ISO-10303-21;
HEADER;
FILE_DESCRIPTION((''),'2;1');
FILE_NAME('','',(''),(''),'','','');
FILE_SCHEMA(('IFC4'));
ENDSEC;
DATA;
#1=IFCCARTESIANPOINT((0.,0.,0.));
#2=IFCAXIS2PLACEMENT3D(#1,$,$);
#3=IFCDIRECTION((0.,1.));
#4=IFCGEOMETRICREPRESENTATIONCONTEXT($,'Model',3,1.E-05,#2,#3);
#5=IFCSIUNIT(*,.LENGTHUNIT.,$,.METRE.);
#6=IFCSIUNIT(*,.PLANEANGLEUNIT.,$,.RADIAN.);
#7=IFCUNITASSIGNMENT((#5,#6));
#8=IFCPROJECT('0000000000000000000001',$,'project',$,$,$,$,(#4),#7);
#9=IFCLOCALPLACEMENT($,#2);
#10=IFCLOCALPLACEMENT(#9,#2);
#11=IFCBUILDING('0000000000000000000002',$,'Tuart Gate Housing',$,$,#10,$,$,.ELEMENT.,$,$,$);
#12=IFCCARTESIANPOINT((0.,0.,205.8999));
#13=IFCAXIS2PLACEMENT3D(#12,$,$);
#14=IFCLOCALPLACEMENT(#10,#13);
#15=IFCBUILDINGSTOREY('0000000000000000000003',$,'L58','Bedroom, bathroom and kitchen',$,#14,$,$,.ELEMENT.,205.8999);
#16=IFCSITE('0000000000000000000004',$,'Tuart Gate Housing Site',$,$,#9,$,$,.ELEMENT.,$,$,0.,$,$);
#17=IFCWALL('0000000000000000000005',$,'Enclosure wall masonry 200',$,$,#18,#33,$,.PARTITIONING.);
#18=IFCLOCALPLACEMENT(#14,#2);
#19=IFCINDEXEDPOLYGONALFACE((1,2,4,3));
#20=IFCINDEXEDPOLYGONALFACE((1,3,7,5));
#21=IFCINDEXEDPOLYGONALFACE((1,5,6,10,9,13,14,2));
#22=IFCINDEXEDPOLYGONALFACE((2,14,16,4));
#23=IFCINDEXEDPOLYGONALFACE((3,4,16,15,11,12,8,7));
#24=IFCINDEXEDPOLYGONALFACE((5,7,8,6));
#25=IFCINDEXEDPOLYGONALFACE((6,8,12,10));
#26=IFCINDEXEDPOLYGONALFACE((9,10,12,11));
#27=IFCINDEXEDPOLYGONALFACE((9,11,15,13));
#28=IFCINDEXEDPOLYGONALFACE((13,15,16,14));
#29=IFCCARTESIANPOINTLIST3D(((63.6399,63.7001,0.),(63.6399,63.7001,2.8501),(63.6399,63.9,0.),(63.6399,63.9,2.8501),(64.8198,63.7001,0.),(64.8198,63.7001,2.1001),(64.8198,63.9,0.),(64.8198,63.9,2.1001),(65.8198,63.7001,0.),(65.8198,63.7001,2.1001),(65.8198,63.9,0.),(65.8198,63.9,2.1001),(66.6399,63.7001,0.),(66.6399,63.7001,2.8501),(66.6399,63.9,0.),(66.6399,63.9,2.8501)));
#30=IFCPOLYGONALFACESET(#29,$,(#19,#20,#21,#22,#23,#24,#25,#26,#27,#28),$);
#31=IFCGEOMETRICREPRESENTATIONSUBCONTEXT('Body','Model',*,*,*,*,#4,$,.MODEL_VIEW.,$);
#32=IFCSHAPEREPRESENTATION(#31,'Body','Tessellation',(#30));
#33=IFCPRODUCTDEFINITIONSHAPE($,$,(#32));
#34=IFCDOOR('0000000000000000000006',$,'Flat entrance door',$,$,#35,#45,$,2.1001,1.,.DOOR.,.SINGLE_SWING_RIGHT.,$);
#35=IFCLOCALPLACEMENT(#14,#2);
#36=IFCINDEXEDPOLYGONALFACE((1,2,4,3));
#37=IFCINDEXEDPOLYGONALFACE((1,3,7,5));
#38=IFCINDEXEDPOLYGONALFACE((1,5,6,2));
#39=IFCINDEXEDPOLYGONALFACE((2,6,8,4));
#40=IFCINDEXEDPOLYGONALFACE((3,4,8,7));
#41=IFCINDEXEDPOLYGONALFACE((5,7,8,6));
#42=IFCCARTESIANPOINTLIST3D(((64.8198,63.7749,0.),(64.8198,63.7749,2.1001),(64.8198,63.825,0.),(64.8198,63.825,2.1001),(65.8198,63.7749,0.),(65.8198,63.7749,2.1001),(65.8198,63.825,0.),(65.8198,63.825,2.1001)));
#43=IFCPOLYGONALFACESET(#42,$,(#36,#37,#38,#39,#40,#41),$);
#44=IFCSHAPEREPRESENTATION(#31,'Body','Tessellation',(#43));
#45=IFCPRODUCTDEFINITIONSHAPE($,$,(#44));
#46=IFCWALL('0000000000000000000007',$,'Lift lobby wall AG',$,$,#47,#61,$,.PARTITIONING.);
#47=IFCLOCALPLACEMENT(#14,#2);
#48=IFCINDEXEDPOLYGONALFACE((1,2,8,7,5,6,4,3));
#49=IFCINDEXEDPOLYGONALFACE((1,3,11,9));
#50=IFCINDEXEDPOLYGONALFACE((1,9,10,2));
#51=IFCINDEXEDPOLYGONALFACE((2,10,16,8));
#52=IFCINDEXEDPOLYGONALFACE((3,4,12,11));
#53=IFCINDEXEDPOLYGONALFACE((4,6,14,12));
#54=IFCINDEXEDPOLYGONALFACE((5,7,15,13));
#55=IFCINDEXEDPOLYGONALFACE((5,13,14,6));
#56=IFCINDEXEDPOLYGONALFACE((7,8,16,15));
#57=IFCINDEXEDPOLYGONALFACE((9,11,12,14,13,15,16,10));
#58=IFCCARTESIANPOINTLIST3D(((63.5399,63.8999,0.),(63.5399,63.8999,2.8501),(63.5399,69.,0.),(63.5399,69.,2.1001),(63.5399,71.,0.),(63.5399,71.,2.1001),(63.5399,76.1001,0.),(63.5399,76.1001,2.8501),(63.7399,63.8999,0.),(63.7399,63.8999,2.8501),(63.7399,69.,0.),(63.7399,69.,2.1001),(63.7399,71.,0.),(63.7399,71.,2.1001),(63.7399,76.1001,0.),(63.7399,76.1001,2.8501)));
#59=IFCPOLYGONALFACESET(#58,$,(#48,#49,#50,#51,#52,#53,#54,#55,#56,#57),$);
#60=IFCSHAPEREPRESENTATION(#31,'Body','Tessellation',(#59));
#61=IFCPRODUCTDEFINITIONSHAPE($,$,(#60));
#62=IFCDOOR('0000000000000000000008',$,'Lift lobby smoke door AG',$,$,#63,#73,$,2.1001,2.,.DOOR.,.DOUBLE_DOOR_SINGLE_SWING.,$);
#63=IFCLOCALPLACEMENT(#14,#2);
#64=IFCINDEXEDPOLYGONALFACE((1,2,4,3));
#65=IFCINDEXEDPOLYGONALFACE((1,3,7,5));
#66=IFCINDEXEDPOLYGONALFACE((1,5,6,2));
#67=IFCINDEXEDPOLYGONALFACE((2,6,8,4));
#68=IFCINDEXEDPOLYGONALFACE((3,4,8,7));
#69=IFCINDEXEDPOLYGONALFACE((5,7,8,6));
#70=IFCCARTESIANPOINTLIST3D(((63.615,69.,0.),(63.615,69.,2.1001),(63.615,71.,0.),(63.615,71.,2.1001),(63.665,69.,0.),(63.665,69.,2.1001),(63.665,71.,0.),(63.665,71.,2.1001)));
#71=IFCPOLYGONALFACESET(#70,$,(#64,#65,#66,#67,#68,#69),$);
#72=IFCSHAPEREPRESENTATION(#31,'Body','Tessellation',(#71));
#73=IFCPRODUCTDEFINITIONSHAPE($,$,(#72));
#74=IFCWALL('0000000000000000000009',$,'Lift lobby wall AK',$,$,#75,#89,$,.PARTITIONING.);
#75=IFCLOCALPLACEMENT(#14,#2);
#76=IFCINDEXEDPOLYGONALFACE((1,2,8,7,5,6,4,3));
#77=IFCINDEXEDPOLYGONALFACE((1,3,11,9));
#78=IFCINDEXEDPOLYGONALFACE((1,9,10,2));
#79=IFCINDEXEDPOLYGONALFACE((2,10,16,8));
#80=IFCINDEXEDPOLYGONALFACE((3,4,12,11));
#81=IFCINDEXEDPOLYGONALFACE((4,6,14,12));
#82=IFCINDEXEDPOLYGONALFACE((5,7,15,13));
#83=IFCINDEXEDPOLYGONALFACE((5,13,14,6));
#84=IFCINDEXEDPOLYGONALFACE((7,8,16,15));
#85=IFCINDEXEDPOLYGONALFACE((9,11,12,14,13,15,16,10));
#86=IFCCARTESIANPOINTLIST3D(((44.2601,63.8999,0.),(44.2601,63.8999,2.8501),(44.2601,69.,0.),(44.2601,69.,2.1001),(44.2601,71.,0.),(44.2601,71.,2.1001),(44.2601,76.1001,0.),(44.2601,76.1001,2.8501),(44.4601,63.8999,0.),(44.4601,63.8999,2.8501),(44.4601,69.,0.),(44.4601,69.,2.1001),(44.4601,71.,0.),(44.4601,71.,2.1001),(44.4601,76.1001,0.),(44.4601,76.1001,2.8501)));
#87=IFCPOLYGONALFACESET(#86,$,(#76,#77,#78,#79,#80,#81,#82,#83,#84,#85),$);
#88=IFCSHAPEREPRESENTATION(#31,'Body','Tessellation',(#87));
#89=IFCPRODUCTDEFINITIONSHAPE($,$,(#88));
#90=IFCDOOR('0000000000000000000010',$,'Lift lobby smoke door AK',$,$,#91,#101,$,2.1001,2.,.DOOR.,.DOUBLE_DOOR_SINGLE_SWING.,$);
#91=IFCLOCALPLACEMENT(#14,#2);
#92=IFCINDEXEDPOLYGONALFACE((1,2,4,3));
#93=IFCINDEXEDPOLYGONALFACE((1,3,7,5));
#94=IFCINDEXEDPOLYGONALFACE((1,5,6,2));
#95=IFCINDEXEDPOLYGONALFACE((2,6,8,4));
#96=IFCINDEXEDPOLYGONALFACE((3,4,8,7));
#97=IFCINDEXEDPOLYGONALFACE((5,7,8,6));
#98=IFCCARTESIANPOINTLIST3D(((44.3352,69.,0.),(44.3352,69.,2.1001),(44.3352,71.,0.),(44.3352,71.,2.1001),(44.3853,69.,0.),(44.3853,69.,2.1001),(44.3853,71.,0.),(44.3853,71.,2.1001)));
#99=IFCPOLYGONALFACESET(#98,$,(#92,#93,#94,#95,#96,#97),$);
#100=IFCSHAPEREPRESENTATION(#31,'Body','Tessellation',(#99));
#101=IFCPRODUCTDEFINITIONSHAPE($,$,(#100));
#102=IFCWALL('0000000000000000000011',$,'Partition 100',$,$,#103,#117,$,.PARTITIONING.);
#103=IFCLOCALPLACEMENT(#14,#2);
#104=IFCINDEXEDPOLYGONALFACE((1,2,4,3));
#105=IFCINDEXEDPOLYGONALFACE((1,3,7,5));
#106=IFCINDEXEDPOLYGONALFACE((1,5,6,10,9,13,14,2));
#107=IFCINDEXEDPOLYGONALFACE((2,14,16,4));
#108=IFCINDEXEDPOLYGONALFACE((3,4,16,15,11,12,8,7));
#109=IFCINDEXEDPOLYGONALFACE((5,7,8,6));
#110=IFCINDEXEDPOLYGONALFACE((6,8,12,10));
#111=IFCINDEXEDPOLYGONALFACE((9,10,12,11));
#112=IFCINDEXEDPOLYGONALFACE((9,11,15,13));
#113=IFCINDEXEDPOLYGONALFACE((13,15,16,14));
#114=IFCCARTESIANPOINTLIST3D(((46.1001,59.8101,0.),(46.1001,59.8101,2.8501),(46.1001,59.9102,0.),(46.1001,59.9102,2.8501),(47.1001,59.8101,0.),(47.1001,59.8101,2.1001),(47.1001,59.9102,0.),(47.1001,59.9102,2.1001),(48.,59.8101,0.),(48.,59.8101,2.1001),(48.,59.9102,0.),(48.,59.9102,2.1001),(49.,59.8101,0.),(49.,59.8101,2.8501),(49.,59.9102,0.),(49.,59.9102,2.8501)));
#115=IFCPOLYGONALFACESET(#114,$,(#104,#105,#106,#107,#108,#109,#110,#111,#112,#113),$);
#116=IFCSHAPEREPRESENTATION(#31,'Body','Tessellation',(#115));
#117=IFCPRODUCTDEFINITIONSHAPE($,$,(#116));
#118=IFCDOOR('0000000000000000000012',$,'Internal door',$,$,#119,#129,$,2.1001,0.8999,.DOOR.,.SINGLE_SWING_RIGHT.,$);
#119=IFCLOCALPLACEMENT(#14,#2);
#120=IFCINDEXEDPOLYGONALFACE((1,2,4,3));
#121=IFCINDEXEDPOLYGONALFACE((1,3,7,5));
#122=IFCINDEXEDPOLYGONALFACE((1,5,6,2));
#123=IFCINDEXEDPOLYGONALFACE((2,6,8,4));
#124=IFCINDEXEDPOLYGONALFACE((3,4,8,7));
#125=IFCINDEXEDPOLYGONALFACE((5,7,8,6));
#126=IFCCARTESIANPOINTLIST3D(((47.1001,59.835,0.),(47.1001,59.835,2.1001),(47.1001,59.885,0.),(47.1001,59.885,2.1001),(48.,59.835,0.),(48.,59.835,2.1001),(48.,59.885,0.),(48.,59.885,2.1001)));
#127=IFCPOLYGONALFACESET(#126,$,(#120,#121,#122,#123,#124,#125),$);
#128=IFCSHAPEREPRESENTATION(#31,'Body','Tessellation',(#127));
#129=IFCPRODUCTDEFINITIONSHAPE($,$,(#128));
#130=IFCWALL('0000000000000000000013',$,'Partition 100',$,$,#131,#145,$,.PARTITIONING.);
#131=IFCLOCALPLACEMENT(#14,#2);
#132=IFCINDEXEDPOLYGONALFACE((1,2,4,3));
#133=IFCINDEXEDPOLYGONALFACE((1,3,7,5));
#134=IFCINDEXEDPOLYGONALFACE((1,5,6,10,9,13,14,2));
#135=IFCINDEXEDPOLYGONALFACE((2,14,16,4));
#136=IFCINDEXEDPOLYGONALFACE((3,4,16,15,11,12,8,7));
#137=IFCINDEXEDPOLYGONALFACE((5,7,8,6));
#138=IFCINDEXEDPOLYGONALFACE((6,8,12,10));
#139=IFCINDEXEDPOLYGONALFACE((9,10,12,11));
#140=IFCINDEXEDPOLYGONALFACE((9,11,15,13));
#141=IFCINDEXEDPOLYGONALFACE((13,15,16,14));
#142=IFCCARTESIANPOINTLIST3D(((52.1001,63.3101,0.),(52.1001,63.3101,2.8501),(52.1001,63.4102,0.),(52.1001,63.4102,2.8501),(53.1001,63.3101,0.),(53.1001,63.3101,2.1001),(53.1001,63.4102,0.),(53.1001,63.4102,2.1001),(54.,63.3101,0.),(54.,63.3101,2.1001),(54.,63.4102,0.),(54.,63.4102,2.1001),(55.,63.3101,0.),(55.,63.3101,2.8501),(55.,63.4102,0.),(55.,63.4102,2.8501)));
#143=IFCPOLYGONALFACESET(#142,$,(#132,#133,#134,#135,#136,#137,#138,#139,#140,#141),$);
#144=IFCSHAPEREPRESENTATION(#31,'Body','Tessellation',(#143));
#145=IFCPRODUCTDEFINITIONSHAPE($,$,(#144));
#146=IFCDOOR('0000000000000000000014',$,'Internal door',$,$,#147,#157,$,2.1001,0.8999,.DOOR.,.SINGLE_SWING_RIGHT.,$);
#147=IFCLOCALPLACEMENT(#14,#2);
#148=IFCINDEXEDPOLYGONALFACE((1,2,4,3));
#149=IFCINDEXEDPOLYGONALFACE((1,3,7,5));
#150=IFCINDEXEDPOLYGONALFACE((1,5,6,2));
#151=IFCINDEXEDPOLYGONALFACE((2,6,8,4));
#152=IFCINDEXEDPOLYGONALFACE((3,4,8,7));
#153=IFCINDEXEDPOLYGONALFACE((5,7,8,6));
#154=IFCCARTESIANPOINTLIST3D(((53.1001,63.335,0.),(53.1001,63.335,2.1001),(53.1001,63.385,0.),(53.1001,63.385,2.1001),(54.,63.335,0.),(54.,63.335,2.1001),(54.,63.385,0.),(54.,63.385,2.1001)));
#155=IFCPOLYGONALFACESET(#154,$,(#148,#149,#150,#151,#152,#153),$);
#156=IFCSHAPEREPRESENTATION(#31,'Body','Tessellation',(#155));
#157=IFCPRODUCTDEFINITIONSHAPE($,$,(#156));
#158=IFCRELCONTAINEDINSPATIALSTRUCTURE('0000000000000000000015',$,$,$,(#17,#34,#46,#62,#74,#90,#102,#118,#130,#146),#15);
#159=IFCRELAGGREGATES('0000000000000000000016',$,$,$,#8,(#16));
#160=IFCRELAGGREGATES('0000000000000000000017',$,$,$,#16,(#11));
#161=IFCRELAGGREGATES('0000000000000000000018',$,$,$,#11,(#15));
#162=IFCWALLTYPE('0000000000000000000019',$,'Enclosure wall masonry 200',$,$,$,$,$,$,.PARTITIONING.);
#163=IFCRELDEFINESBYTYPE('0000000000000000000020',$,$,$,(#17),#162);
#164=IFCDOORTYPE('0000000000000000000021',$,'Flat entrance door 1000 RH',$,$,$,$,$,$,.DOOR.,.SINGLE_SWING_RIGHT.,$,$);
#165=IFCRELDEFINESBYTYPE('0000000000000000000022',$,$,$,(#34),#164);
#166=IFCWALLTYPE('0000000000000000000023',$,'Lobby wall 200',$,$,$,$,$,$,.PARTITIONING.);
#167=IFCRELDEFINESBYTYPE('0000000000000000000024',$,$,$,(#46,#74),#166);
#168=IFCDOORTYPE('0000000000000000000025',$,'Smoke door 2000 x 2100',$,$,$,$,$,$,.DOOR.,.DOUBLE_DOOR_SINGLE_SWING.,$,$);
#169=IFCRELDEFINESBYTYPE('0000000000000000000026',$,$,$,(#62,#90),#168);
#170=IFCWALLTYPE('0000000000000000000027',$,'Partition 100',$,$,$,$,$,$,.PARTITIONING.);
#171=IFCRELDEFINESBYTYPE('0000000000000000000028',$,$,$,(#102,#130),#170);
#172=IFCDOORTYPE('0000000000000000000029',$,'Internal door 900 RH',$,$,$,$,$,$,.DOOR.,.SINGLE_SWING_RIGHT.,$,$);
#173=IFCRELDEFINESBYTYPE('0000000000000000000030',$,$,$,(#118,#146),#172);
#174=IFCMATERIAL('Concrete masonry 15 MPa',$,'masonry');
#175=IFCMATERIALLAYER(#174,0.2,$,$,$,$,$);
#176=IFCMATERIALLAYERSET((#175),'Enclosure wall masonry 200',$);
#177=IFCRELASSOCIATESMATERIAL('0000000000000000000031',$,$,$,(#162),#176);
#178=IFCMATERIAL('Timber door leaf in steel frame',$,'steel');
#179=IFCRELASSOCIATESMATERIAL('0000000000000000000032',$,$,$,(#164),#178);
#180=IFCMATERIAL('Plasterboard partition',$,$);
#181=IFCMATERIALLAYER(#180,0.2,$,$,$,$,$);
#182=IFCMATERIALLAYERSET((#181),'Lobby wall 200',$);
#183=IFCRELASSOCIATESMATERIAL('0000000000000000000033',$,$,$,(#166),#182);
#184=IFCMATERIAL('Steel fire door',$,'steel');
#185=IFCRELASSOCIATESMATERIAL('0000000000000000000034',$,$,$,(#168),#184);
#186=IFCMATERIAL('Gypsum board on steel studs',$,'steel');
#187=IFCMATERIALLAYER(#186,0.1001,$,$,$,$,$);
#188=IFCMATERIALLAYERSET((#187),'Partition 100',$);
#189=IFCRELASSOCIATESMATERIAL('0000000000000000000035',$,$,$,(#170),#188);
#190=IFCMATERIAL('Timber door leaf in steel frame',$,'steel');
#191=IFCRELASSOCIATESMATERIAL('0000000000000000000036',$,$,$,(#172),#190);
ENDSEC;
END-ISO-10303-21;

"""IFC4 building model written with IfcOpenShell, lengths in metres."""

from ifc_helpers import new_model, si_unit, direction, frame, frame_2d, origin, place, context, subcontext, project, spatial, rectangle, extrude, material, layer, layer_set, type_object, element, fill, save


model = new_model("IFC4")

# Units and contexts
model_context = context("Model", 3, precision=1e-05, world=origin(), true_north=direction((0.0, 1.0)))
body_context = subcontext(model_context, "Body", "Model", "MODEL_VIEW")
ifc_project = project(units=[si_unit("LENGTHUNIT", "METRE"), si_unit("PLANEANGLEUNIT", "RADIAN")], contexts=[model_context])

# Site, building, storey
site_placement = place(None, origin())
site = spatial("IfcSite", under=ifc_project, at=site_placement, Name="Tuart Gate Housing Site", CompositionType="ELEMENT", RefElevation=0.0)
building_placement = place(site_placement, origin())
building = spatial("IfcBuilding", under=site, at=building_placement, Name="Tuart Gate Housing", CompositionType="ELEMENT")
storey_placement = place(building_placement, frame((0.0, 0.0, 205.8999)))
storey = spatial("IfcBuildingStorey", under=building, at=storey_placement, Name="L58", Description="Bedroom, bathroom and kitchen", CompositionType="ELEMENT", Elevation=205.8999)

# Walls, openings, doors
ifc_material_1 = material(Name="Concrete masonry 15 MPa", Category="masonry")
ifc_layer_1 = layer(ifc_material_1, 0.2)
ifc_layer_set_1 = layer_set([ifc_layer_1], Name="Enclosure wall masonry 200")
wall_type_1 = type_object("IfcWallType", Name="Enclosure wall masonry 200", PredefinedType="PARTITIONING", material=ifc_layer_set_1)
wall_1_placement = place(storey_placement, frame((63.6399, 63.8, 0.0), z_axis=(0.0, 0.0, 1.0), x_axis=(1.0, 0.0, 0.0)))
wall_1 = element("IfcWall", 1, at=wall_1_placement, inside=storey, type_object=wall_type_1, Name="Enclosure wall masonry 200", PredefinedType="PARTITIONING", context=body_context, shape_type="SweptSolid", body=[
    extrude(rectangle(XDim=3.0, YDim=0.2, at=frame_2d((1.5, 0.0))), origin(), (0.0, 0.0, 1.0), 2.8501),
])
opening_1_placement = place(wall_1_placement, frame((1.1799, 0.0, 0.0)))
opening_1 = element("IfcOpeningElement", 2, at=opening_1_placement, cuts=wall_1, PredefinedType="OPENING", context=body_context, shape_type="SweptSolid", body=[
    extrude(rectangle(XDim=1.0, YDim=2.1001, at=frame_2d((0.5, 1.05))), frame((0.0, 0.1099, 0.0), z_axis=(0.0, -1.0, 0.0), x_axis=(1.0, 0.0, 0.0)), (0.0, 0.0, 1.0), 0.22),
])
ifc_material_2 = material(Name="Timber door leaf in steel frame", Category="steel")
door_type_1 = type_object("IfcDoorType", Name="Flat entrance door 1000 RH", OperationType="SINGLE_SWING_RIGHT", PredefinedType="DOOR", material=ifc_material_2)
door_1_placement = place(opening_1_placement, frame((1.0, 0.0, 0.0), z_axis=(0.0, 0.0, 1.0), x_axis=(-1.0, 0.0, 0.0)))
door_1 = element("IfcDoor", 3, at=door_1_placement, inside=storey, type_object=door_type_1, Name="Flat entrance door", OperationType="SINGLE_SWING_RIGHT", OverallHeight=2.1001, OverallWidth=1.0, PredefinedType="DOOR", context=body_context, shape_type="SweptSolid", body=[
    extrude(rectangle(XDim=1.0, YDim=2.1001, at=frame_2d((0.5, 1.05))), frame((0.0, 0.0251, 0.0), z_axis=(0.0, -1.0, 0.0), x_axis=(1.0, 0.0, 0.0)), (0.0, 0.0, 1.0), 0.05),
])
fill(opening_1, door_1)
ifc_material_3 = material(Name="Plasterboard partition")
ifc_layer_2 = layer(ifc_material_3, 0.2)
ifc_layer_set_2 = layer_set([ifc_layer_2], Name="Lobby wall 200")
wall_type_2 = type_object("IfcWallType", Name="Lobby wall 200", PredefinedType="PARTITIONING", material=ifc_layer_set_2)
wall_2_placement = place(storey_placement, frame((63.6399, 63.8999, 0.0), z_axis=(0.0, 0.0, 1.0), x_axis=(0.0, 1.0, 0.0)))
wall_2 = element("IfcWall", 4, at=wall_2_placement, inside=storey, type_object=wall_type_2, Name="Lift lobby wall AG", PredefinedType="PARTITIONING", context=body_context, shape_type="SweptSolid", body=[
    extrude(rectangle(XDim=12.2002, YDim=0.2, at=frame_2d((6.1001, 0.0))), origin(), (0.0, 0.0, 1.0), 2.8501),
])
opening_2_placement = place(wall_2_placement, frame((5.1001, 0.0, 0.0)))
opening_2 = element("IfcOpeningElement", 5, at=opening_2_placement, cuts=wall_2, PredefinedType="OPENING", context=body_context, shape_type="SweptSolid", body=[
    extrude(rectangle(XDim=2.0, YDim=2.1001, at=frame_2d((1.0, 1.05))), frame((0.0, 0.1099, 0.0), z_axis=(0.0, -1.0, 0.0), x_axis=(1.0, 0.0, 0.0)), (0.0, 0.0, 1.0), 0.22),
])
ifc_material_4 = material(Name="Steel fire door", Category="steel")
door_type_2 = type_object("IfcDoorType", Name="Smoke door 2000 x 2100", OperationType="DOUBLE_DOOR_SINGLE_SWING", PredefinedType="DOOR", material=ifc_material_4)
door_2_placement = place(opening_2_placement, frame((2.0, 0.0, 0.0), z_axis=(0.0, 0.0, 1.0), x_axis=(-1.0, 0.0, 0.0)))
door_2 = element("IfcDoor", 6, at=door_2_placement, inside=storey, type_object=door_type_2, Name="Lift lobby smoke door AG", OperationType="DOUBLE_DOOR_SINGLE_SWING", OverallHeight=2.1001, OverallWidth=2.0, PredefinedType="DOOR", context=body_context, shape_type="SweptSolid", body=[
    extrude(rectangle(XDim=2.0, YDim=2.1001, at=frame_2d((1.0, 1.05))), frame((0.0, 0.0251, 0.0), z_axis=(0.0, -1.0, 0.0), x_axis=(1.0, 0.0, 0.0)), (0.0, 0.0, 1.0), 0.05),
])
fill(opening_2, door_2)
wall_3_placement = place(storey_placement, frame((44.3601, 63.8999, 0.0), z_axis=(0.0, 0.0, 1.0), x_axis=(0.0, 1.0, 0.0)))
wall_3 = element("IfcWall", 7, at=wall_3_placement, inside=storey, type_object=wall_type_2, Name="Lift lobby wall AK", PredefinedType="PARTITIONING", context=body_context, shape_type="SweptSolid", body=[
    extrude(rectangle(XDim=12.2002, YDim=0.2, at=frame_2d((6.1001, 0.0))), origin(), (0.0, 0.0, 1.0), 2.8501),
])
opening_3_placement = place(wall_3_placement, frame((5.1001, 0.0, 0.0)))
opening_3 = element("IfcOpeningElement", 8, at=opening_3_placement, cuts=wall_3, PredefinedType="OPENING", context=body_context, shape_type="SweptSolid", body=[
    extrude(rectangle(XDim=2.0, YDim=2.1001, at=frame_2d((1.0, 1.05))), frame((0.0, 0.1099, 0.0), z_axis=(0.0, -1.0, 0.0), x_axis=(1.0, 0.0, 0.0)), (0.0, 0.0, 1.0), 0.22),
])
door_3_placement = place(opening_3_placement, origin())
door_3 = element("IfcDoor", 9, at=door_3_placement, inside=storey, type_object=door_type_2, Name="Lift lobby smoke door AK", OperationType="DOUBLE_DOOR_SINGLE_SWING", OverallHeight=2.1001, OverallWidth=2.0, PredefinedType="DOOR", context=body_context, shape_type="SweptSolid", body=[
    extrude(rectangle(XDim=2.0, YDim=2.1001, at=frame_2d((1.0, 1.05))), frame((0.0, 0.0249, 0.0), z_axis=(0.0, -1.0, 0.0), x_axis=(1.0, 0.0, 0.0)), (0.0, 0.0, 1.0), 0.05),
])
fill(opening_3, door_3)
ifc_material_5 = material(Name="Gypsum board on steel studs", Category="steel")
ifc_layer_3 = layer(ifc_material_5, 0.1001)
ifc_layer_set_3 = layer_set([ifc_layer_3], Name="Partition 100")
wall_type_3 = type_object("IfcWallType", Name="Partition 100", PredefinedType="PARTITIONING", material=ifc_layer_set_3)
wall_4_placement = place(storey_placement, frame((46.1001, 59.8601, 0.0), z_axis=(0.0, 0.0, 1.0), x_axis=(1.0, 0.0, 0.0)))
wall_4 = element("IfcWall", 10, at=wall_4_placement, inside=storey, type_object=wall_type_3, Name="Partition 100", PredefinedType="PARTITIONING", context=body_context, shape_type="SweptSolid", body=[
    extrude(rectangle(XDim=2.8999, YDim=0.1001, at=frame_2d((1.45, 0.0))), origin(), (0.0, 0.0, 1.0), 2.8501),
])
opening_4_placement = place(wall_4_placement, frame((1.0, 0.0, 0.0)))
opening_4 = element("IfcOpeningElement", 11, at=opening_4_placement, cuts=wall_4, PredefinedType="OPENING", context=body_context, shape_type="SweptSolid", body=[
    extrude(rectangle(XDim=0.8999, YDim=2.1001, at=frame_2d((0.45, 1.05))), frame((0.0, 0.0601, 0.0), z_axis=(0.0, -1.0, 0.0), x_axis=(1.0, 0.0, 0.0)), (0.0, 0.0, 1.0), 0.1201),
])
ifc_material_6 = material(Name="Timber door leaf in steel frame", Category="steel")
door_type_3 = type_object("IfcDoorType", Name="Internal door 900 RH", OperationType="SINGLE_SWING_RIGHT", PredefinedType="DOOR", material=ifc_material_6)
door_4_placement = place(opening_4_placement, origin())
door_4 = element("IfcDoor", 12, at=door_4_placement, inside=storey, type_object=door_type_3, Name="Internal door", OperationType="SINGLE_SWING_RIGHT", OverallHeight=2.1001, OverallWidth=0.8999, PredefinedType="DOOR", context=body_context, shape_type="SweptSolid", body=[
    extrude(rectangle(XDim=0.8999, YDim=2.1001, at=frame_2d((0.45, 1.05))), frame((0.0, 0.0249, 0.0), z_axis=(0.0, -1.0, 0.0), x_axis=(1.0, 0.0, 0.0)), (0.0, 0.0, 1.0), 0.05),
])
fill(opening_4, door_4)
wall_5_placement = place(storey_placement, frame((52.1001, 63.3601, 0.0), z_axis=(0.0, 0.0, 1.0), x_axis=(1.0, 0.0, 0.0)))
wall_5 = element("IfcWall", 13, at=wall_5_placement, inside=storey, type_object=wall_type_3, Name="Partition 100", PredefinedType="PARTITIONING", context=body_context, shape_type="SweptSolid", body=[
    extrude(rectangle(XDim=2.8999, YDim=0.1001, at=frame_2d((1.45, 0.0))), origin(), (0.0, 0.0, 1.0), 2.8501),
])
opening_5_placement = place(wall_5_placement, frame((1.0, 0.0, 0.0)))
opening_5 = element("IfcOpeningElement", 14, at=opening_5_placement, cuts=wall_5, PredefinedType="OPENING", context=body_context, shape_type="SweptSolid", body=[
    extrude(rectangle(XDim=0.8999, YDim=2.1001, at=frame_2d((0.45, 1.05))), frame((0.0, 0.0601, 0.0), z_axis=(0.0, -1.0, 0.0), x_axis=(1.0, 0.0, 0.0)), (0.0, 0.0, 1.0), 0.1201),
])
door_5_placement = place(opening_5_placement, origin())
door_5 = element("IfcDoor", 15, at=door_5_placement, inside=storey, type_object=door_type_3, Name="Internal door", OperationType="SINGLE_SWING_RIGHT", OverallHeight=2.1001, OverallWidth=0.8999, PredefinedType="DOOR", context=body_context, shape_type="SweptSolid", body=[
    extrude(rectangle(XDim=0.8999, YDim=2.1001, at=frame_2d((0.45, 1.05))), frame((0.0, 0.0249, 0.0), z_axis=(0.0, -1.0, 0.0), x_axis=(1.0, 0.0, 0.0)), (0.0, 0.0, 1.0), 0.05),
])
fill(opening_5, door_5)

save(model, "model.ifc")
